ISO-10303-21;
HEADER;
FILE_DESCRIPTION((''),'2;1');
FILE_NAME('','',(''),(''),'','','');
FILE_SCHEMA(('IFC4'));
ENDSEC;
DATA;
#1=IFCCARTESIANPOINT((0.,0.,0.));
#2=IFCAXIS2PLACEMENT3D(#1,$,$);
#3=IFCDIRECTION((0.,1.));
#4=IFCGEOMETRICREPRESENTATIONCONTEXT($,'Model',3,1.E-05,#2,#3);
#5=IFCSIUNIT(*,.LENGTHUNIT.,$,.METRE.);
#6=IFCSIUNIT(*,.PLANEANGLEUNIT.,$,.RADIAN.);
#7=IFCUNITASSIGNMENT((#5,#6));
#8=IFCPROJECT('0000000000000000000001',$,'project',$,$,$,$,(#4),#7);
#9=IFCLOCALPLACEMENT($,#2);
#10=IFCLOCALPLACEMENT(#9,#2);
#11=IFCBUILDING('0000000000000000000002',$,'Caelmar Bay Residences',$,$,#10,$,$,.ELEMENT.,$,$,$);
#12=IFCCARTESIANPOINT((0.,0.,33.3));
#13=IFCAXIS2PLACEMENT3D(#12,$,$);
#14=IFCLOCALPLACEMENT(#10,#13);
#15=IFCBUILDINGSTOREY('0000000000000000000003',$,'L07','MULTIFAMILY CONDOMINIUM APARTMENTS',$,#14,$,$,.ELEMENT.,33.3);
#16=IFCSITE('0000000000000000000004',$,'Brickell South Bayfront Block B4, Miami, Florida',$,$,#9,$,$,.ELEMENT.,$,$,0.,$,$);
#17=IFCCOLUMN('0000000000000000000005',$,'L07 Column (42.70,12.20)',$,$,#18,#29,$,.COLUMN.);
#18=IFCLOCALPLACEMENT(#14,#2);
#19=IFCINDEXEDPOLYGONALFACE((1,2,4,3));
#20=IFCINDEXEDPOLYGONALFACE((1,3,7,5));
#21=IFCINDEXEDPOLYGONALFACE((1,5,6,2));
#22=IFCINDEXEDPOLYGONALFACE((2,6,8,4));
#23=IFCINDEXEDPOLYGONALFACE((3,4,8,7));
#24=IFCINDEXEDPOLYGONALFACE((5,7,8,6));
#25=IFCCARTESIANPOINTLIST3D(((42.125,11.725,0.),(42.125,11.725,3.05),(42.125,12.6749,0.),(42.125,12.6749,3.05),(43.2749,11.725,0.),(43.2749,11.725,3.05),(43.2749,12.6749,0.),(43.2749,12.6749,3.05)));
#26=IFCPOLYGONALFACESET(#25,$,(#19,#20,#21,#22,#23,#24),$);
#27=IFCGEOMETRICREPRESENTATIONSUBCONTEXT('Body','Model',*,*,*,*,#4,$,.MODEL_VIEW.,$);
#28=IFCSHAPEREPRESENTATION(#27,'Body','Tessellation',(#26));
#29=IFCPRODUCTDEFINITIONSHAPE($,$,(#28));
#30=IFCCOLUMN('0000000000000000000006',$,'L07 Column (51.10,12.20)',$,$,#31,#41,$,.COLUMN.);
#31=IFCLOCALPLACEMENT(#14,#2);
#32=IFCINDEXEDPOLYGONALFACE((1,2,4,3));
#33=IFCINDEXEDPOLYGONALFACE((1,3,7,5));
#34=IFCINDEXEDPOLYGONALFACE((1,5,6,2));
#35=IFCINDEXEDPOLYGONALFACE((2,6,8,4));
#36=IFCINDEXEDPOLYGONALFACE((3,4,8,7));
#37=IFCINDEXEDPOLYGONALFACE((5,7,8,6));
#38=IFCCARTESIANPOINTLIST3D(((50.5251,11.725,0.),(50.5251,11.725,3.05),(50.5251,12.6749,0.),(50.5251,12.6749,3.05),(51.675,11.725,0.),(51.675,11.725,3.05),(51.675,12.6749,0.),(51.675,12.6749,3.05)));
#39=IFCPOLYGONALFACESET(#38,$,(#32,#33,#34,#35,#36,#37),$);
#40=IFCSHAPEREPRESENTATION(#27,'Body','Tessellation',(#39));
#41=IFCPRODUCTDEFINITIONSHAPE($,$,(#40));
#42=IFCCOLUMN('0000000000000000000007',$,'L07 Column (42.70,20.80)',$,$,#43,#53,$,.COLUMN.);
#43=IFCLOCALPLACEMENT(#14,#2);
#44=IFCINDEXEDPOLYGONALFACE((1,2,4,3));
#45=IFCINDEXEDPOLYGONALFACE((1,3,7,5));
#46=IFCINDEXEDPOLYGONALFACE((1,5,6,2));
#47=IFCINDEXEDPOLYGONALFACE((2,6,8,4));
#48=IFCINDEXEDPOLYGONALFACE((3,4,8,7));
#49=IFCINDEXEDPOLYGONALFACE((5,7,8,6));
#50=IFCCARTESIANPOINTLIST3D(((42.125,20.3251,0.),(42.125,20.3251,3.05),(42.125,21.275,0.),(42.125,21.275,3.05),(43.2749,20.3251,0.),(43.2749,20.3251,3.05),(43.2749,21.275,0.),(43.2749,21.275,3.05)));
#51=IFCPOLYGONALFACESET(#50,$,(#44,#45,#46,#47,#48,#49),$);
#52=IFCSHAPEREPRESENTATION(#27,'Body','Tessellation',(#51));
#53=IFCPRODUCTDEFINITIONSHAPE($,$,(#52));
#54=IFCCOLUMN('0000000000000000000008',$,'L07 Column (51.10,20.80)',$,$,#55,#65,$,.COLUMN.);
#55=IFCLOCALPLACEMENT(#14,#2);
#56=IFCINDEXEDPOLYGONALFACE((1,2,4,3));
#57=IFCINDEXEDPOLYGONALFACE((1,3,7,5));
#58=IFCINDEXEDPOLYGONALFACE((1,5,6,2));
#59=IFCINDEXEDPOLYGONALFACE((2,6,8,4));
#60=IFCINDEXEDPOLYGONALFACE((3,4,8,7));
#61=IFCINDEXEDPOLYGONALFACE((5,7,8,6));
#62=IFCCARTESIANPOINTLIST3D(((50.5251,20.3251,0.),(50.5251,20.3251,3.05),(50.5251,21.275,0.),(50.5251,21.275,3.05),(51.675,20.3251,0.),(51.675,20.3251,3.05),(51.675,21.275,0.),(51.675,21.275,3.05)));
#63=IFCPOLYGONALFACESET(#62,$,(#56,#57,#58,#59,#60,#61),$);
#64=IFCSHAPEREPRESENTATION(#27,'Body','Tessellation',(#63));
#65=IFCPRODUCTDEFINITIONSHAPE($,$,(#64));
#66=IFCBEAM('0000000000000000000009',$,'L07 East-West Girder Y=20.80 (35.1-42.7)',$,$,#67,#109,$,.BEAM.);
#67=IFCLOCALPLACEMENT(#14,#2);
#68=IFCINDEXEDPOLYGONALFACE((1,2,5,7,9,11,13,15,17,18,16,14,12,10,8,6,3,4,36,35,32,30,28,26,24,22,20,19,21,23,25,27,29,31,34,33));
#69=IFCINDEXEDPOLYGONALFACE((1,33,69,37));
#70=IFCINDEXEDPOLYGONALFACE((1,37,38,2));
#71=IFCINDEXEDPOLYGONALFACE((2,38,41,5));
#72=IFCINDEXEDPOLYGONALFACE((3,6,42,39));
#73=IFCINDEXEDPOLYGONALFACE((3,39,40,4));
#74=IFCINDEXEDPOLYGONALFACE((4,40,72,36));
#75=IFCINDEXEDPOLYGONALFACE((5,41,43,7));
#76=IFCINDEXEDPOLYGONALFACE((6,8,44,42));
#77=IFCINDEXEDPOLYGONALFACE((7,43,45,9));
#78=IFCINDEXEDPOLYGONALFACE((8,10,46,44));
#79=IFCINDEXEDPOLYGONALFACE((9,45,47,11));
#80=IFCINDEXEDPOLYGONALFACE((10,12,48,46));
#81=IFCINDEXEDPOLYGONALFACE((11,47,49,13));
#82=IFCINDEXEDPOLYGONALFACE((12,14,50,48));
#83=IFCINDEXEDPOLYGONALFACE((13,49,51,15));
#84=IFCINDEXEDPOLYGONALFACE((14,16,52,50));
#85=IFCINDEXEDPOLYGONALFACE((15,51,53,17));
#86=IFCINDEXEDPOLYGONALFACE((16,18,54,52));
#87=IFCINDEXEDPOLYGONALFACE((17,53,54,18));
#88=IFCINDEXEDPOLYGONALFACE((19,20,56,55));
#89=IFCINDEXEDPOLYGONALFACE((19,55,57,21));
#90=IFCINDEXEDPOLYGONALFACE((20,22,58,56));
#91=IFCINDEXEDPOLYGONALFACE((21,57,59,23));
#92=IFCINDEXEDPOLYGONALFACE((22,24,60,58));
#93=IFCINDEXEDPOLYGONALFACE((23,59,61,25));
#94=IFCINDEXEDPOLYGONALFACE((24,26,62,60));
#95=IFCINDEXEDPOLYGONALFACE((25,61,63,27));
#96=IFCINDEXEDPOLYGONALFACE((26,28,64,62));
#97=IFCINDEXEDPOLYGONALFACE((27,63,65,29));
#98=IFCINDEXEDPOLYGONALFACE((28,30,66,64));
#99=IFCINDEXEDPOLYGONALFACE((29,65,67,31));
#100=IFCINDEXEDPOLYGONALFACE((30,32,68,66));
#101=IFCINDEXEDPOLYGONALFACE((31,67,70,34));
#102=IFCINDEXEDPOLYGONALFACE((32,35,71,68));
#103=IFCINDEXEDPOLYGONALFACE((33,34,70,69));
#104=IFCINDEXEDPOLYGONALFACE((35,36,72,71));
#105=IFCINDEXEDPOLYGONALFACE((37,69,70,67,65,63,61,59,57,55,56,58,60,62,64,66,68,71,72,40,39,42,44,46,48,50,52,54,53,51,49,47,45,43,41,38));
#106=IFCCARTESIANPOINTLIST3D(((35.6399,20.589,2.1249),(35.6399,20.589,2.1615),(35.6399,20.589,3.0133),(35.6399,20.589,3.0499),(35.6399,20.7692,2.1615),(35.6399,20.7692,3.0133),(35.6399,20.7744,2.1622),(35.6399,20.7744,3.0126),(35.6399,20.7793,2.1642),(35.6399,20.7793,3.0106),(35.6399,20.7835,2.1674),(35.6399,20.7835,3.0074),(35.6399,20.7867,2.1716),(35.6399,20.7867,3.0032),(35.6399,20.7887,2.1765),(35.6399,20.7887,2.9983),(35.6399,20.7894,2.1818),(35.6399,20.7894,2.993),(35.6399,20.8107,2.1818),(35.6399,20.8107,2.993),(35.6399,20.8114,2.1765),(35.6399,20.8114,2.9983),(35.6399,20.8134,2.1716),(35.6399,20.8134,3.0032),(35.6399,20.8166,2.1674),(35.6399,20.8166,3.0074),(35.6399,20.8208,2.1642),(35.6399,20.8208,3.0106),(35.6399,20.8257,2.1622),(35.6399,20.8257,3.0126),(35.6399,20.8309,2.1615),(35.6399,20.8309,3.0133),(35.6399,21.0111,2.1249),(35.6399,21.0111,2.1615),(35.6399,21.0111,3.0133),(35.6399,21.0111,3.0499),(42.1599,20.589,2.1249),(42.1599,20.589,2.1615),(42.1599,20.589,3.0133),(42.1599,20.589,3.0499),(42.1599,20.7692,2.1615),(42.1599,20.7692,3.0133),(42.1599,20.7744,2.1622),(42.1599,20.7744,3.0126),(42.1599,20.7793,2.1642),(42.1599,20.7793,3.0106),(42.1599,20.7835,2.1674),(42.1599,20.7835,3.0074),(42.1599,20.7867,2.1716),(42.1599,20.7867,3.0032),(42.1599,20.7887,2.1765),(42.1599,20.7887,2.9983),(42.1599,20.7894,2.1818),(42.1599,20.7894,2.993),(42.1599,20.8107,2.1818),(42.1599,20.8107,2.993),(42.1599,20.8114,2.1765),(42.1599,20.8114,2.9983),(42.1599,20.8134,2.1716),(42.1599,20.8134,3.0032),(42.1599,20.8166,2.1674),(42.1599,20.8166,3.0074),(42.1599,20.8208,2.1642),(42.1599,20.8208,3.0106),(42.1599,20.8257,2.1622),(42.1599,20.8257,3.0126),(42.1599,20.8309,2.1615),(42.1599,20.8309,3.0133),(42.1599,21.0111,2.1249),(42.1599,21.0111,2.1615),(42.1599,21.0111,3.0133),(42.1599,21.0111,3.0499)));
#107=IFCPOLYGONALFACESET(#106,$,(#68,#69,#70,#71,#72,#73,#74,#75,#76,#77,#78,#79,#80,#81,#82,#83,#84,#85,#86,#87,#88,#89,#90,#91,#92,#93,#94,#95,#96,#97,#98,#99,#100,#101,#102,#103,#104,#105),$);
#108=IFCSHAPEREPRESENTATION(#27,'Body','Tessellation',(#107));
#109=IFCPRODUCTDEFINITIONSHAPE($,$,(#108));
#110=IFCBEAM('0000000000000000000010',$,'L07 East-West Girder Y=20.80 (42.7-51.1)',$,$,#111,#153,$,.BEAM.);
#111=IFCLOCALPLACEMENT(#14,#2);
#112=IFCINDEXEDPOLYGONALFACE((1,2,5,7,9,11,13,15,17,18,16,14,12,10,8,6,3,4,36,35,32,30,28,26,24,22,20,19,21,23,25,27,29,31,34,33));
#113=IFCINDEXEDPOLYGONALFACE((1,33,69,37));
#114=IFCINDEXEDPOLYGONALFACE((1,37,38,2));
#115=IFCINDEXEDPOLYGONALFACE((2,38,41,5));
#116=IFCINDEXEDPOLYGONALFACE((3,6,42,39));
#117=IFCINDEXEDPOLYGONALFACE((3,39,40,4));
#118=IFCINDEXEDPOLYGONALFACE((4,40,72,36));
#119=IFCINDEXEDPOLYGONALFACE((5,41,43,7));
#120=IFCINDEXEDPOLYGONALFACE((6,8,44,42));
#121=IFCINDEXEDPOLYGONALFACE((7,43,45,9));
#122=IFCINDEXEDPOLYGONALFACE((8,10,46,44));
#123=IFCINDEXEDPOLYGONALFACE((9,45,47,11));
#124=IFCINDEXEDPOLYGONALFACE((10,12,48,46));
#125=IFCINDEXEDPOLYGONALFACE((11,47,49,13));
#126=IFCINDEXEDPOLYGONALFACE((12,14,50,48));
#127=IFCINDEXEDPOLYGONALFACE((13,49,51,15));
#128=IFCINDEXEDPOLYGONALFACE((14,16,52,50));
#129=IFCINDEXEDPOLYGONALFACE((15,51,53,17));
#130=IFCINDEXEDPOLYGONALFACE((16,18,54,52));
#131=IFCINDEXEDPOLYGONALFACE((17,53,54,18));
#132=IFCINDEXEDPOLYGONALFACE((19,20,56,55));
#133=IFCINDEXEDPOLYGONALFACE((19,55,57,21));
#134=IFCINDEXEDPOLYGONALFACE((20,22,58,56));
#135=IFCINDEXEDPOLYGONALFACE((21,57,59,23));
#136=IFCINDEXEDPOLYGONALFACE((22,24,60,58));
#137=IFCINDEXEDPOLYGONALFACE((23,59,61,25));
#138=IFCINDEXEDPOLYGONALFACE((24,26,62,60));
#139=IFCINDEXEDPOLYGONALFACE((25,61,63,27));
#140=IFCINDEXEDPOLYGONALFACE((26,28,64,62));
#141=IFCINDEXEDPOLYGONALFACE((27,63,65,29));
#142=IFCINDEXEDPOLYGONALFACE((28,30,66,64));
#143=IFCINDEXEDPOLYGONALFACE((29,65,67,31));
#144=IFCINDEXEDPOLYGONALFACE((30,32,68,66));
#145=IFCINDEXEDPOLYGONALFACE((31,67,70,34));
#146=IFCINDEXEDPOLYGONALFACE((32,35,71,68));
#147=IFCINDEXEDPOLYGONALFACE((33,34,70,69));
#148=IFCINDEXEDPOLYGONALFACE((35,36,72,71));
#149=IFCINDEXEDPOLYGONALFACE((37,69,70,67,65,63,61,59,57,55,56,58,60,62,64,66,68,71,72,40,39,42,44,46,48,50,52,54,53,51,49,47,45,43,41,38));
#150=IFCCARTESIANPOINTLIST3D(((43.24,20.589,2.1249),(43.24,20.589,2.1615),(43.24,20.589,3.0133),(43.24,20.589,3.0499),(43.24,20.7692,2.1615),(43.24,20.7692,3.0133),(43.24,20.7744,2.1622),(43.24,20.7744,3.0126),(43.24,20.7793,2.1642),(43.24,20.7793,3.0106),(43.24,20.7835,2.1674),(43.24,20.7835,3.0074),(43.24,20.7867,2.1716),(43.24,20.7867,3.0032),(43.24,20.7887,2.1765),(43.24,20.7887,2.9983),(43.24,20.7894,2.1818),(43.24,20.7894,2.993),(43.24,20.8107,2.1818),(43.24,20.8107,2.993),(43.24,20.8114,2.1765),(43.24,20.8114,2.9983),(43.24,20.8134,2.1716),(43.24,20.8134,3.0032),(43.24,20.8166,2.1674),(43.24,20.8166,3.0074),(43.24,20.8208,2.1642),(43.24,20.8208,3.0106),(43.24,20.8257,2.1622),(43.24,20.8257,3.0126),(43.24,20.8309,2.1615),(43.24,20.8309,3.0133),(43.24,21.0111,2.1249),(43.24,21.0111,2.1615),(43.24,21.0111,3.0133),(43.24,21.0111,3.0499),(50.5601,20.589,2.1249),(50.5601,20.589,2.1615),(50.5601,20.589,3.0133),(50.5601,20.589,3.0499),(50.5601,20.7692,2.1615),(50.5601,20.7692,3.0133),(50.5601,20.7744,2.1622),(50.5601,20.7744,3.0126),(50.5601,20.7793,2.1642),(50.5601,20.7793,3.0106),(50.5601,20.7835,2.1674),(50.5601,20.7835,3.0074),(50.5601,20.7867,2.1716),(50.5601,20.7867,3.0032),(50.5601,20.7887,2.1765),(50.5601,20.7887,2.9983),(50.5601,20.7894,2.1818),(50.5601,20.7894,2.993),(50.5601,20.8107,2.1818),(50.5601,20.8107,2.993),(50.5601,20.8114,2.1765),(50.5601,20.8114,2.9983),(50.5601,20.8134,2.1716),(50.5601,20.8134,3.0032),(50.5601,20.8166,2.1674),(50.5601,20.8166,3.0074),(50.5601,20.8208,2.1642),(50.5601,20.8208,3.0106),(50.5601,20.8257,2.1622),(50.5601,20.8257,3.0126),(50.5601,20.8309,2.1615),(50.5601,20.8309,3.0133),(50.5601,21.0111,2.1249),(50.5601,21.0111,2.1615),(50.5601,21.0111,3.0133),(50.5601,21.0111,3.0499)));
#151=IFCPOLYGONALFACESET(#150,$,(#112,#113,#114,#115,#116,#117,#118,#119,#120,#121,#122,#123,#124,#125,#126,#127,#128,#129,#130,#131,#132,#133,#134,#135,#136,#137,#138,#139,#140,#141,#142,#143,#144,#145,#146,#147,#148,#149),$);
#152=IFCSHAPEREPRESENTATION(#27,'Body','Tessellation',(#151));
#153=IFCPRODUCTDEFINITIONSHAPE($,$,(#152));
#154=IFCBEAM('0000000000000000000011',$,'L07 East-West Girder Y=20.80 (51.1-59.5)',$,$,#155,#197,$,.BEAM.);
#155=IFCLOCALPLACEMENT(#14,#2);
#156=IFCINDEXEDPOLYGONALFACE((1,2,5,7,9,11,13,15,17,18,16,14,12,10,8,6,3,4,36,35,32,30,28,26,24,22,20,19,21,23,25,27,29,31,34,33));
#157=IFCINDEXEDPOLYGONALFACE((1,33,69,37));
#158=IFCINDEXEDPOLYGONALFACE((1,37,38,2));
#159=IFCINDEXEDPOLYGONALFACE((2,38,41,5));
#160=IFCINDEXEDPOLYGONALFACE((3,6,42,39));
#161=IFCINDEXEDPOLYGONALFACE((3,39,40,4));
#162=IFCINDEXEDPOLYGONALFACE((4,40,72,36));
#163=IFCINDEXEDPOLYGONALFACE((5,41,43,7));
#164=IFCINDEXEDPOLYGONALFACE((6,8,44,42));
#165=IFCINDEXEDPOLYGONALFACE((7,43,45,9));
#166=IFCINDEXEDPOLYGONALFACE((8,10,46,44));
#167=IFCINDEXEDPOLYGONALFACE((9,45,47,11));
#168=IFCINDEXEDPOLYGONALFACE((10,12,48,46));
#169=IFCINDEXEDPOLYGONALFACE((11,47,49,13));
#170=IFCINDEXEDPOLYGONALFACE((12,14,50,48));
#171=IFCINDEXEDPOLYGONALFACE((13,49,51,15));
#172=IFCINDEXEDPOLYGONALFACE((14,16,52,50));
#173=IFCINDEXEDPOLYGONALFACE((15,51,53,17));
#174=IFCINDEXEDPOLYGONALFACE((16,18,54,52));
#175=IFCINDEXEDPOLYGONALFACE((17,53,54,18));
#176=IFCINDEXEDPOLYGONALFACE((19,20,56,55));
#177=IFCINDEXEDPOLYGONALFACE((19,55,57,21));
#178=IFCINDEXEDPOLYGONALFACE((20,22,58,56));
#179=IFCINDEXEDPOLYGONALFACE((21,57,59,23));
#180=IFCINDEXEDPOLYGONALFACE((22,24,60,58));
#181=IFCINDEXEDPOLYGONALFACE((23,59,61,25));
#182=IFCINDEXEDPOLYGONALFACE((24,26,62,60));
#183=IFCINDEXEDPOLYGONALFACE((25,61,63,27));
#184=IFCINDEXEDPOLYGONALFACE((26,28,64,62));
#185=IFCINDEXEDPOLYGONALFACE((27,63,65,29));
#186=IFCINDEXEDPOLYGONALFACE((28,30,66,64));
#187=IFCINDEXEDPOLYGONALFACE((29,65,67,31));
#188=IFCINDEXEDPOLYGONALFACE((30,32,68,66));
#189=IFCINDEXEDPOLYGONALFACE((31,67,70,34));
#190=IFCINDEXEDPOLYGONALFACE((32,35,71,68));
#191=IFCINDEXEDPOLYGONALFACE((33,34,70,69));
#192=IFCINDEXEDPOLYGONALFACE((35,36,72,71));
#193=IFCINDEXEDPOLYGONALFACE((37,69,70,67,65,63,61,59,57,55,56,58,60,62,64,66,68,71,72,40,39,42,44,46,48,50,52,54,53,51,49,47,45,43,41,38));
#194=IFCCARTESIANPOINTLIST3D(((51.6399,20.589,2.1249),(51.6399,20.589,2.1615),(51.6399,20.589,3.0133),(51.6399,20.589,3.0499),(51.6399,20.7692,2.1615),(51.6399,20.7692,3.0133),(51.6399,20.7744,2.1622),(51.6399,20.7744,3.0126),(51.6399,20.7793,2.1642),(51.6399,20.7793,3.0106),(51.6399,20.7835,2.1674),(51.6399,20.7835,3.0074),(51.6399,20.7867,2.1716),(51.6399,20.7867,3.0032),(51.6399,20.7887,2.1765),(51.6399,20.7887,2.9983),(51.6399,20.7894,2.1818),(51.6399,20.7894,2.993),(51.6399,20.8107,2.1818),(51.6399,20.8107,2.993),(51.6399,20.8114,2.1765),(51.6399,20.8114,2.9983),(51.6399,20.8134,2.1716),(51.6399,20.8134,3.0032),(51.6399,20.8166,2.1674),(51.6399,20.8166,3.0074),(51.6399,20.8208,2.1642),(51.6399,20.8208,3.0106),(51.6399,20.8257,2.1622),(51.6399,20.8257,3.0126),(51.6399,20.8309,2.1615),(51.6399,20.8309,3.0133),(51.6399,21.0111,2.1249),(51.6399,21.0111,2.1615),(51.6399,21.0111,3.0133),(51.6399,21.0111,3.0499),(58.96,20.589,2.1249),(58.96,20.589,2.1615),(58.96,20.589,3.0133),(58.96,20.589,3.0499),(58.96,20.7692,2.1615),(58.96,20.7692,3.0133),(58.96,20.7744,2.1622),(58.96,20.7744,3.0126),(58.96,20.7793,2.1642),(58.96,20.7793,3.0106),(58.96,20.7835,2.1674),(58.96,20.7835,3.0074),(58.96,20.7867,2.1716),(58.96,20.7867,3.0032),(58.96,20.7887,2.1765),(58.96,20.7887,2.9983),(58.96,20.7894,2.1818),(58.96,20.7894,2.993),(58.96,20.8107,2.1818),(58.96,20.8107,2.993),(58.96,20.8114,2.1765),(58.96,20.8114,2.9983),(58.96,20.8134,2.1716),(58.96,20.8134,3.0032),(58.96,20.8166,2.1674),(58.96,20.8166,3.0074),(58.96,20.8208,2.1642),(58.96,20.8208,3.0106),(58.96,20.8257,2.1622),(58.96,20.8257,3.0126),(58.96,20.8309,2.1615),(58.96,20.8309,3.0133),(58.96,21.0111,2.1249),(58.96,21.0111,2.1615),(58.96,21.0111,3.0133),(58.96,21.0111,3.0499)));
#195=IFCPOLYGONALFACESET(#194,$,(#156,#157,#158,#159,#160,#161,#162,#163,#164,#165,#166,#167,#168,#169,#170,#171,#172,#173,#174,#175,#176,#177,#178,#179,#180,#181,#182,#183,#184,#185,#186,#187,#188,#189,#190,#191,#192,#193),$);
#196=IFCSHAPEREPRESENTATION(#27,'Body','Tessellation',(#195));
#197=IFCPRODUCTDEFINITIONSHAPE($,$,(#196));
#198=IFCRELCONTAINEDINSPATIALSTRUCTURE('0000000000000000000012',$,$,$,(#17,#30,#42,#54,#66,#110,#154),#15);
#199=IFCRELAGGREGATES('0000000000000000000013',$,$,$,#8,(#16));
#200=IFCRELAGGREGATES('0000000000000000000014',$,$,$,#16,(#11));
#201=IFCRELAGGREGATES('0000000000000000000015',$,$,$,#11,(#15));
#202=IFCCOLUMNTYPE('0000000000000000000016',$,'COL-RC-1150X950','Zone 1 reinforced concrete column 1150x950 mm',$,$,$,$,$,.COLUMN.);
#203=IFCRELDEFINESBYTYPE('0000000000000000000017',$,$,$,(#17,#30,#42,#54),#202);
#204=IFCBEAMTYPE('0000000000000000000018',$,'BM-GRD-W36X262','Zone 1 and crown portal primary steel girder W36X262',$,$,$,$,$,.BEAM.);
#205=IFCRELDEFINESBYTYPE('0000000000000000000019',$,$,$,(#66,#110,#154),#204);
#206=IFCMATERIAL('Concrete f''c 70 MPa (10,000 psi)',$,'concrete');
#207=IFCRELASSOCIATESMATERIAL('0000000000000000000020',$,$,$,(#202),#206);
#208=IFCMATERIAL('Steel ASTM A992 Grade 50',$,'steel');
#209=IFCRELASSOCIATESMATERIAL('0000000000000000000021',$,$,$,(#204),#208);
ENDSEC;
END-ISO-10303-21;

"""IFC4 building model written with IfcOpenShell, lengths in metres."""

from ifc_helpers import new_model, si_unit, direction, frame, origin, origin_2d, place, context, subcontext, project, spatial, rectangle, i_section, extrude, material, material_profile, profile_set, type_object, element, save


model = new_model("IFC4")

# Units and contexts
model_context = context("Model", 3, precision=1e-05, world=origin(), true_north=direction((0.0, 1.0)))
body_context = subcontext(model_context, "Body", "Model", "MODEL_VIEW")
ifc_project = project(units=[si_unit("LENGTHUNIT", "METRE"), si_unit("PLANEANGLEUNIT", "RADIAN")], contexts=[model_context])

# Site, building, storey
site_placement = place(None, origin())
site = spatial("IfcSite", under=ifc_project, at=site_placement, Name="Brickell South Bayfront Block B4, Miami, Florida", CompositionType="ELEMENT", RefElevation=0.0)
building_placement = place(site_placement, origin())
building = spatial("IfcBuilding", under=site, at=building_placement, Name="Caelmar Bay Residences", CompositionType="ELEMENT")
storey_placement = place(building_placement, frame((0.0, 0.0, 33.3)))
storey = spatial("IfcBuildingStorey", under=building, at=storey_placement, Name="L07", Description="MULTIFAMILY CONDOMINIUM APARTMENTS", CompositionType="ELEMENT", Elevation=33.3)

# Columns
ifc_material_1 = material(Name="Concrete f'c 70 MPa (10,000 psi)", Category="concrete")
ifc_material_profile_1 = material_profile(ifc_material_1, rectangle(XDim=1.1499, YDim=0.95, at=origin_2d()), Name="RC-COL-1150X950")
ifc_profile_set_1 = profile_set([ifc_material_profile_1], Name="Concrete f'c 70 MPa (10,000 psi)")
column_type = type_object("IfcColumnType", Name="COL-RC-1150X950", Description="Zone 1 reinforced concrete column 1150x950 mm", PredefinedType="COLUMN", material=ifc_profile_set_1)
for number, where, z_axis, x_axis, name in (
    (1, (42.7, 12.2, 0.0), (0.0, 0.0, 1.0), (1.0, 0.0, 0.0), "L07 Column (42.70,12.20)"),
    (2, (51.1001, 12.2, 0.0), (0.0, 0.0, 1.0), (1.0, 0.0, 0.0), "L07 Column (51.10,12.20)"),
    (3, (42.7, 20.8, 0.0), (0.0, 0.0, 1.0), (1.0, 0.0, 0.0), "L07 Column (42.70,20.80)"),
    (4, (51.1001, 20.8, 0.0), (0.0, 0.0, 1.0), (1.0, 0.0, 0.0), "L07 Column (51.10,20.80)"),
):
    element("IfcColumn", number, at=place(storey_placement, frame(where, z_axis=z_axis, x_axis=x_axis)), inside=storey, type_object=column_type, Name=name, PredefinedType="COLUMN", context=body_context, shape_type="SweptSolid", body=[
        extrude(rectangle(XDim=1.1499, YDim=0.95, at=origin_2d()), origin(), (0.0, 0.0, 1.0), 3.05),
    ])

# Beams
ifc_material_2 = material(Name="Steel ASTM A992 Grade 50", Category="steel")
ifc_material_profile_2 = material_profile(ifc_material_2, i_section(OverallWidth=0.4221, OverallDepth=0.925, WebThickness=0.0212, FlangeThickness=0.0366, FilletRadius=0.0203, at=origin_2d()), Name="W36X262")
ifc_profile_set_2 = profile_set([ifc_material_profile_2], Name="Steel ASTM A992 Grade 50")
beam_type_1 = type_object("IfcBeamType", Name="BM-GRD-W36X262", Description="Zone 1 and crown portal primary steel girder W36X262", PredefinedType="BEAM", material=ifc_profile_set_2)
beam_1_placement = place(storey_placement, frame((35.6399, 20.8, 2.5874), z_axis=(1.0, 0.0, 0.0), x_axis=(0.0, 1.0, 0.0)))
element("IfcBeam", 5, at=beam_1_placement, inside=storey, type_object=beam_type_1, Name="L07 East-West Girder Y=20.80 (35.1-42.7)", PredefinedType="BEAM", context=body_context, shape_type="SweptSolid", body=[
    extrude(i_section(OverallWidth=0.4221, OverallDepth=0.925, WebThickness=0.0212, FlangeThickness=0.0366, FilletRadius=0.0203, at=origin_2d()), origin(), (0.0, 0.0, 1.0), 6.52),
])
for number, where, z_axis, x_axis, name in (
    (6, (43.24, 20.8, 2.5874), (1.0, 0.0, 0.0), (0.0, 1.0, 0.0), "L07 East-West Girder Y=20.80 (42.7-51.1)"),
    (7, (51.6399, 20.8, 2.5874), (1.0, 0.0, 0.0), (0.0, 1.0, 0.0), "L07 East-West Girder Y=20.80 (51.1-59.5)"),
):
    element("IfcBeam", number, at=place(storey_placement, frame(where, z_axis=z_axis, x_axis=x_axis)), inside=storey, type_object=beam_type_1, Name=name, PredefinedType="BEAM", context=body_context, shape_type="SweptSolid", body=[
        extrude(i_section(OverallWidth=0.4221, OverallDepth=0.925, WebThickness=0.0212, FlangeThickness=0.0366, FilletRadius=0.0203, at=origin_2d()), origin(), (0.0, 0.0, 1.0), 7.3201),
    ])

save(model, "model.ifc")
